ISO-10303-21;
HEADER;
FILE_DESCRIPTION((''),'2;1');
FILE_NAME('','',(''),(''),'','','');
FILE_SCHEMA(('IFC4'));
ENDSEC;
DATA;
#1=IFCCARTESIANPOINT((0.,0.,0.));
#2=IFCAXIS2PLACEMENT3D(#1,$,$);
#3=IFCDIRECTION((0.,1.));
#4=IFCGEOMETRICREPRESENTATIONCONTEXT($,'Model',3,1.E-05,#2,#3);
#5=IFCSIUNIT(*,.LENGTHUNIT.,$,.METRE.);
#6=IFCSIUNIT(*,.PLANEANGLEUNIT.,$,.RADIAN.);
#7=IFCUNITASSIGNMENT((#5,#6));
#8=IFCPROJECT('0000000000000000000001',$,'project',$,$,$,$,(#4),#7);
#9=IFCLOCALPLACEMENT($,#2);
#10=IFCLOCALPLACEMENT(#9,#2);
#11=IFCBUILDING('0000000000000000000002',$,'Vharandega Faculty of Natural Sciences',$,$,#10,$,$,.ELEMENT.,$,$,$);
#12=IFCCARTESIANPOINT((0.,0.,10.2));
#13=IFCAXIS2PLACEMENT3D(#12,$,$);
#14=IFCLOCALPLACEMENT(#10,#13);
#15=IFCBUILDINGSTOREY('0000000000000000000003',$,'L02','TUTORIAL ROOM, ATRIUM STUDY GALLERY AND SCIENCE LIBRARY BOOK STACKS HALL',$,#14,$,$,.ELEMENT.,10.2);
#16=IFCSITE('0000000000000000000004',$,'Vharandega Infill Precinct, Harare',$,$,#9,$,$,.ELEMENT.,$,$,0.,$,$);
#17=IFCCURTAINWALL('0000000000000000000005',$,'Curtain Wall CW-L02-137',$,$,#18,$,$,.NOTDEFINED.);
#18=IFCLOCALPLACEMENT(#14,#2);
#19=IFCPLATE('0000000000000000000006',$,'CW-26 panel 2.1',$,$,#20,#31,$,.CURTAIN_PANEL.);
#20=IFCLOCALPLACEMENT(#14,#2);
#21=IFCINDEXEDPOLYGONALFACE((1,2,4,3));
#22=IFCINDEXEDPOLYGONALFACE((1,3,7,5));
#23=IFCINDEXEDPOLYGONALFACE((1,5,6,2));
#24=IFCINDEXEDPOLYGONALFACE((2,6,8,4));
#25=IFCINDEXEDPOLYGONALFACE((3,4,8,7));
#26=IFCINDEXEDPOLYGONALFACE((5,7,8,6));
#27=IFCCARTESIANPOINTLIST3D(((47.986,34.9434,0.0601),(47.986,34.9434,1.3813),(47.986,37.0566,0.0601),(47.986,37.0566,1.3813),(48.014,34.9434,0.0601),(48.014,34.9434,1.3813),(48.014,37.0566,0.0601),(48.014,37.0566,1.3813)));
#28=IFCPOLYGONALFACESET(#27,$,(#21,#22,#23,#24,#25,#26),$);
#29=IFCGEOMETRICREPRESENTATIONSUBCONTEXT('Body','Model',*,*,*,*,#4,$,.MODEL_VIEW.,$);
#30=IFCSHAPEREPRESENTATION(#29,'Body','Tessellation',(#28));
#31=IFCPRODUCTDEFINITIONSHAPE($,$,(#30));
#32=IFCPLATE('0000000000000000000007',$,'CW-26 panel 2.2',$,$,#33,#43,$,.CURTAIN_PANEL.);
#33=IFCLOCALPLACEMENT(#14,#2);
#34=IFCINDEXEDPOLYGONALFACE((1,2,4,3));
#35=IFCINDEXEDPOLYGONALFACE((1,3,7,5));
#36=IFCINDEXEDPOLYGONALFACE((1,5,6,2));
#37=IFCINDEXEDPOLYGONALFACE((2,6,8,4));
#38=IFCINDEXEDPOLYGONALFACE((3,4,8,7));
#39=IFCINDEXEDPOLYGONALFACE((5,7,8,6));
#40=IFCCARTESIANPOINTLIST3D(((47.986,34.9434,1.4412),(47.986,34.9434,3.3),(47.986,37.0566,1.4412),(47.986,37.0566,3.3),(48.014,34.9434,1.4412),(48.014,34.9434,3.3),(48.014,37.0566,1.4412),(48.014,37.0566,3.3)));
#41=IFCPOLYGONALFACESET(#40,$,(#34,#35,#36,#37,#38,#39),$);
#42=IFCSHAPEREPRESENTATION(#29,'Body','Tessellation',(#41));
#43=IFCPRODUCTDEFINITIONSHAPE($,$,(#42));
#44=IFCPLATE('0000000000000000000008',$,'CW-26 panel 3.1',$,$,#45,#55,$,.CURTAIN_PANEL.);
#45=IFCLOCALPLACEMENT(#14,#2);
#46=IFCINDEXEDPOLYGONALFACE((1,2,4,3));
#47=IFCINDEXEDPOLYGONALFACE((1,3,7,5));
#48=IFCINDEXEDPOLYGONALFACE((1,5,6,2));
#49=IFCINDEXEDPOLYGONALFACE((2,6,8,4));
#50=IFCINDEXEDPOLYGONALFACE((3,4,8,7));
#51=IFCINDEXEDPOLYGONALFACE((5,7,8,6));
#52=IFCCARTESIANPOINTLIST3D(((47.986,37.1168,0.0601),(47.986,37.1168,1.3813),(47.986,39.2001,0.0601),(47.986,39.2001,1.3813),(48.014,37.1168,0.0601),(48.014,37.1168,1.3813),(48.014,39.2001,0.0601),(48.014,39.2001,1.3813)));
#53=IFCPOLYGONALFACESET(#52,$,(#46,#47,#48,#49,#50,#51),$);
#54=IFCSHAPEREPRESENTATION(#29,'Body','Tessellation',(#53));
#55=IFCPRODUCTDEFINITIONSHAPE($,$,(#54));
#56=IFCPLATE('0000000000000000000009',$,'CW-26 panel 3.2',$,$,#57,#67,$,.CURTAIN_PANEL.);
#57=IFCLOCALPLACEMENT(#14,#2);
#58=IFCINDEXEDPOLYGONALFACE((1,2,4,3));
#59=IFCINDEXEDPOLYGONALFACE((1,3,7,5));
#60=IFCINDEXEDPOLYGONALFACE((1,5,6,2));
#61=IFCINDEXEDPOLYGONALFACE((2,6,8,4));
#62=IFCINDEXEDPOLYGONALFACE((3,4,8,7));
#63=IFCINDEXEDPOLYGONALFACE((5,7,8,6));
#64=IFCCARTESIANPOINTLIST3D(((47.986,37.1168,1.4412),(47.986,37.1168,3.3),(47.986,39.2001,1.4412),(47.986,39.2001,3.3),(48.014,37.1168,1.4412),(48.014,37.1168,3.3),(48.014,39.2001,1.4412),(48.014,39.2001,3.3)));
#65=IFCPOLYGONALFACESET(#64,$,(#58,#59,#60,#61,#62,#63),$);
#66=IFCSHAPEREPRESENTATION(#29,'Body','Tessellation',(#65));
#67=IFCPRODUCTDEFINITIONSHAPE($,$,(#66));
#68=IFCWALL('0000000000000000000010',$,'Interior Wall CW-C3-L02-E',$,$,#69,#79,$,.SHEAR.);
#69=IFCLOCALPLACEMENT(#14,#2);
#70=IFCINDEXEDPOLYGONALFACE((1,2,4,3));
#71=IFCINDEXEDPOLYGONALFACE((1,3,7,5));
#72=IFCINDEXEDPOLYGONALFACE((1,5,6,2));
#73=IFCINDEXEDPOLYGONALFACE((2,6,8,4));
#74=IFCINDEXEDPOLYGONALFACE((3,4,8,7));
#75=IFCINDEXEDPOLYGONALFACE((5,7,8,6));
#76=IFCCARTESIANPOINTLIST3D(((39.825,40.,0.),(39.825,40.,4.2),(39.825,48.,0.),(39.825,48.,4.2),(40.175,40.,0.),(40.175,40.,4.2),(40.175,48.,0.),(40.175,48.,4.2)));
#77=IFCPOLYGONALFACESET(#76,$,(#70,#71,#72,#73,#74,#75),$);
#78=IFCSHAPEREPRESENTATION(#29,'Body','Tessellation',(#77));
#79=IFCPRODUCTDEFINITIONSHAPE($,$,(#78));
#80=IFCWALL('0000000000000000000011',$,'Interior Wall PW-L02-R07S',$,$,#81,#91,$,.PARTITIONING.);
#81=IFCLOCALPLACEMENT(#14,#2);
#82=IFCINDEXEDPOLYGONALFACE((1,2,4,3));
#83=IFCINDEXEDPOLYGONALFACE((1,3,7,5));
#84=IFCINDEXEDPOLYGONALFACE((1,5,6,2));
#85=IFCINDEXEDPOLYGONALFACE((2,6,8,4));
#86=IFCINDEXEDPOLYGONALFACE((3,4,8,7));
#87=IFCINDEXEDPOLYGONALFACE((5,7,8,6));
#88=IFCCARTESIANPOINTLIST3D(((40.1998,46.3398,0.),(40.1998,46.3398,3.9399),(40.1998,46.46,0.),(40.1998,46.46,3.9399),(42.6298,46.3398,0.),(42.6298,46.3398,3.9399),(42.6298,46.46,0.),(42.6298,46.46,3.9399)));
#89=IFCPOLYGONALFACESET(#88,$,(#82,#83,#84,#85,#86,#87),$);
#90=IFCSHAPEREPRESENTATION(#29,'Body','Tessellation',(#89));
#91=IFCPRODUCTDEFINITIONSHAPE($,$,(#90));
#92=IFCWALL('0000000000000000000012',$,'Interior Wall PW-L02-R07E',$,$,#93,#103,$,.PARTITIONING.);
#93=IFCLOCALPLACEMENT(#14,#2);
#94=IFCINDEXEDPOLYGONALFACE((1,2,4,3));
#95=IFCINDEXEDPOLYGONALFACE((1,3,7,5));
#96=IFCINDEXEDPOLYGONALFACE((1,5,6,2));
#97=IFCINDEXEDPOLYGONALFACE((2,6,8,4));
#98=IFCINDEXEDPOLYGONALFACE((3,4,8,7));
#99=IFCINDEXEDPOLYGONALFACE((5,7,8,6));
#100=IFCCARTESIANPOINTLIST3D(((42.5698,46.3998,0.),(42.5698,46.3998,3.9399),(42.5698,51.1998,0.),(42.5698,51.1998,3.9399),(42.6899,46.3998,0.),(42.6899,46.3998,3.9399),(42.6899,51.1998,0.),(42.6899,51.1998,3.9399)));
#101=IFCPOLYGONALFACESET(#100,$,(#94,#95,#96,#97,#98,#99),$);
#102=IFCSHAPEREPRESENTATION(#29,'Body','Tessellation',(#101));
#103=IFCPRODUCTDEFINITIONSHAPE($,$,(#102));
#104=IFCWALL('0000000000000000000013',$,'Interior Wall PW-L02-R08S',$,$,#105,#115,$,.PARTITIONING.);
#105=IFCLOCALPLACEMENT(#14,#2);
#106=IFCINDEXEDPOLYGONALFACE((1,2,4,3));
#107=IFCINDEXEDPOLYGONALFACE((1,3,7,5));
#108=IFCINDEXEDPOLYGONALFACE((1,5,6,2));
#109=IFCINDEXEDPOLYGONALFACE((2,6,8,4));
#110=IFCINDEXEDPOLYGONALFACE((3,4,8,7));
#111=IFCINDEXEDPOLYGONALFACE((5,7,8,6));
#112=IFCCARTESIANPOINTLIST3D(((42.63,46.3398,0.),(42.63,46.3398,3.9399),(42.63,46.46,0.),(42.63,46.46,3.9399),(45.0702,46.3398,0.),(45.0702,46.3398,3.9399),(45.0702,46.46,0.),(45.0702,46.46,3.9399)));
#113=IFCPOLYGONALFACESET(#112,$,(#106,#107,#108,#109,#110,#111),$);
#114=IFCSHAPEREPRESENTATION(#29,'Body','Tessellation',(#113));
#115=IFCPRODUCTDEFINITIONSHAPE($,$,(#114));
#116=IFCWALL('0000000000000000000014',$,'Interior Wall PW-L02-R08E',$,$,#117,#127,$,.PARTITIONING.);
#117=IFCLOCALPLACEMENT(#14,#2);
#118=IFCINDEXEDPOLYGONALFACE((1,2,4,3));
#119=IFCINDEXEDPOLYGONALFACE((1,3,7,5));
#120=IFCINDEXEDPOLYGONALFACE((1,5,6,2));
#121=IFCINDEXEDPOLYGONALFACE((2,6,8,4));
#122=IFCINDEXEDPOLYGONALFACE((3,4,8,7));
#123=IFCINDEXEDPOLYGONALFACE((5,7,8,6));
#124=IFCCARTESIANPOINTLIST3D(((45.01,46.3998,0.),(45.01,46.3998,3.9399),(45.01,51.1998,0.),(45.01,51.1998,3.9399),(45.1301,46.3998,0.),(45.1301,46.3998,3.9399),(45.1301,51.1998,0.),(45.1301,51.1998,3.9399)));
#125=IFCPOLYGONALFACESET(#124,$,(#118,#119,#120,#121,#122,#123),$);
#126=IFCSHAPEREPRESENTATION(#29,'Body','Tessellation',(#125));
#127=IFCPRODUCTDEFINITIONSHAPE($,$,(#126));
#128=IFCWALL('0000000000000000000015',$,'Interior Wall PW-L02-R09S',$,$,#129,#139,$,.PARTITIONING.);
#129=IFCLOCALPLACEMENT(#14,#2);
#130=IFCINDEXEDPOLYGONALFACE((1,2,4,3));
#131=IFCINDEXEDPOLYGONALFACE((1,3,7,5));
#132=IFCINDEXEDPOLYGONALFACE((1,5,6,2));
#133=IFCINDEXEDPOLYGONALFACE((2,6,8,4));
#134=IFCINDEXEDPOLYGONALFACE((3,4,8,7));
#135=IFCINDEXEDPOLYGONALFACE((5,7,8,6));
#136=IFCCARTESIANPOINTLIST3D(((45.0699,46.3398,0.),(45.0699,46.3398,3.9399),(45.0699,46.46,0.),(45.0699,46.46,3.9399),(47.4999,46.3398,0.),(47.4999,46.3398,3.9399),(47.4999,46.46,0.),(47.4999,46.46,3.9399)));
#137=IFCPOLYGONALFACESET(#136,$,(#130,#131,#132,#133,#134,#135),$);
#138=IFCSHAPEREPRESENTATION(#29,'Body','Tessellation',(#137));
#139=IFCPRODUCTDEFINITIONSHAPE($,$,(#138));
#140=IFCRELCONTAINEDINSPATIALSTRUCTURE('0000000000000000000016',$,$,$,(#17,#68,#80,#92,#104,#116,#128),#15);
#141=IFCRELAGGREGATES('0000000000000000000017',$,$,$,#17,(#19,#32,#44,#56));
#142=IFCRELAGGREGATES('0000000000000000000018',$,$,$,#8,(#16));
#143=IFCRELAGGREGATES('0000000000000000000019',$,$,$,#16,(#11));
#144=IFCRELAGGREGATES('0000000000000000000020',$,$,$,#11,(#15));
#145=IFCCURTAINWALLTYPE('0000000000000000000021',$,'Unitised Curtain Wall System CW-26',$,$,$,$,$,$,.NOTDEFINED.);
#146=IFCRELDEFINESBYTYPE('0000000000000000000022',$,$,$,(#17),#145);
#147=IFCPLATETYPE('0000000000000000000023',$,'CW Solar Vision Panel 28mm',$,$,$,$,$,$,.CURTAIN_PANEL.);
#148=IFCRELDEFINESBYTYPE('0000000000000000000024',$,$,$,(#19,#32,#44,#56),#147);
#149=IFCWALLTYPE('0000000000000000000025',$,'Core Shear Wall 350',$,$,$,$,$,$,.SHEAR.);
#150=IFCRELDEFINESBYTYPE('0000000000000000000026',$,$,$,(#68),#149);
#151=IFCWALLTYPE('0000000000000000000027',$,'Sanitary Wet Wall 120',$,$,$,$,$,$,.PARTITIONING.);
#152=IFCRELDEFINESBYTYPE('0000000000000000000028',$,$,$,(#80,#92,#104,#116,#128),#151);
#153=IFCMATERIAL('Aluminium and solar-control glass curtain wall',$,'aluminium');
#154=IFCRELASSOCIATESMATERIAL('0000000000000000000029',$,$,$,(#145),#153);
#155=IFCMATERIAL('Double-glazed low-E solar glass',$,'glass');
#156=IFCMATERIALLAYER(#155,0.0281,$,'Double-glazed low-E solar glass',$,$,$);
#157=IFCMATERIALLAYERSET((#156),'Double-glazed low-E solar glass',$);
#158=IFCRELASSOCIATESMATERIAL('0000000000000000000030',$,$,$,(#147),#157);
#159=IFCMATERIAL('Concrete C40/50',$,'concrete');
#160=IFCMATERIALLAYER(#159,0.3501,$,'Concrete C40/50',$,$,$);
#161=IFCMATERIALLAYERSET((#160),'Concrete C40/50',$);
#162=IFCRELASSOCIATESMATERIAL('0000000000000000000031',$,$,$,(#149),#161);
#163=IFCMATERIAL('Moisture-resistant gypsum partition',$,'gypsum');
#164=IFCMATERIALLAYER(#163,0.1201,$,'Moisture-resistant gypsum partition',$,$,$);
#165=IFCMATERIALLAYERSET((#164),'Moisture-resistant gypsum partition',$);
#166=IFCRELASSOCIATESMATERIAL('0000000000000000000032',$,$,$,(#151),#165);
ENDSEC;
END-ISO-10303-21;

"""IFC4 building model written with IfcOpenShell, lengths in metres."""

from ifc_helpers import new_model, si_unit, direction, frame, frame_2d, origin, origin_2d, place, context, subcontext, project, spatial, rectangle, extrude, material, layer, layer_set, type_object, element, aggregate, save


model = new_model("IFC4")

# Units and contexts
model_context = context("Model", 3, precision=1e-05, world=origin(), true_north=direction((0.0, 1.0)))
body_context = subcontext(model_context, "Body", "Model", "MODEL_VIEW")
ifc_project = project(units=[si_unit("LENGTHUNIT", "METRE"), si_unit("PLANEANGLEUNIT", "RADIAN")], contexts=[model_context])

# Site, building, storey
site_placement = place(None, origin())
site = spatial("IfcSite", under=ifc_project, at=site_placement, Name="Vharandega Infill Precinct, Harare", CompositionType="ELEMENT", RefElevation=0.0)
building_placement = place(site_placement, origin())
building = spatial("IfcBuilding", under=site, at=building_placement, Name="Vharandega Faculty of Natural Sciences", CompositionType="ELEMENT")
storey_placement = place(building_placement, frame((0.0, 0.0, 10.2)))
storey = spatial("IfcBuildingStorey", under=building, at=storey_placement, Name="L02", Description="TUTORIAL ROOM, ATRIUM STUDY GALLERY AND SCIENCE LIBRARY BOOK STACKS HALL", CompositionType="ELEMENT", Elevation=10.2)

# Curtain wall
ifc_material_1 = material(Name="Aluminium and solar-control glass curtain wall", Category="aluminium")
curtain_wall_type = type_object("IfcCurtainWallType", Name="Unitised Curtain Wall System CW-26", PredefinedType="NOTDEFINED", material=ifc_material_1)
curtain_wall_placement = place(storey_placement, origin())
curtain_wall = element("IfcCurtainWall", 1, at=curtain_wall_placement, inside=storey, type_object=curtain_wall_type, Name="Curtain Wall CW-L02-137", PredefinedType="NOTDEFINED")

# Plates
ifc_material_2 = material(Name="Double-glazed low-E solar glass", Category="glass")
ifc_layer_1 = layer(ifc_material_2, 0.0281, Name="Double-glazed low-E solar glass")
ifc_layer_set_1 = layer_set([ifc_layer_1], Name="Double-glazed low-E solar glass")
plate_type = type_object("IfcPlateType", Name="CW Solar Vision Panel 28mm", PredefinedType="CURTAIN_PANEL", material=ifc_layer_set_1)
plate_1_placement = place(storey_placement, frame((48.0, 36.0, 0.0601), z_axis=(0.0, 0.0, 1.0), x_axis=(0.0, 1.0, 0.0)))
plate_1 = element("IfcPlate", 2, at=plate_1_placement, type_object=plate_type, Name="CW-26 panel 2.1", PredefinedType="CURTAIN_PANEL", context=body_context, shape_type="SweptSolid", body=[
    extrude(rectangle(XDim=2.1133, YDim=0.0281, at=origin_2d()), origin(), (0.0, 0.0, 1.0), 1.3213),
])
plate_2_placement = place(storey_placement, frame((48.0, 36.0, 1.4412), z_axis=(0.0, 0.0, 1.0), x_axis=(0.0, 1.0, 0.0)))
plate_2 = element("IfcPlate", 3, at=plate_2_placement, type_object=plate_type, Name="CW-26 panel 2.2", PredefinedType="CURTAIN_PANEL", context=body_context, shape_type="SweptSolid", body=[
    extrude(rectangle(XDim=2.1133, YDim=0.0281, at=origin_2d()), origin(), (0.0, 0.0, 1.0), 1.8589),
])
plate_3_placement = place(storey_placement, frame((48.0, 38.1584, 0.0601), z_axis=(0.0, 0.0, 1.0), x_axis=(0.0, 1.0, 0.0)))
plate_3 = element("IfcPlate", 4, at=plate_3_placement, type_object=plate_type, Name="CW-26 panel 3.1", PredefinedType="CURTAIN_PANEL", context=body_context, shape_type="SweptSolid", body=[
    extrude(rectangle(XDim=2.0833, YDim=0.0281, at=origin_2d()), origin(), (0.0, 0.0, 1.0), 1.3213),
])
plate_4_placement = place(storey_placement, frame((48.0, 38.1584, 1.4412), z_axis=(0.0, 0.0, 1.0), x_axis=(0.0, 1.0, 0.0)))
plate_4 = element("IfcPlate", 5, at=plate_4_placement, type_object=plate_type, Name="CW-26 panel 3.2", PredefinedType="CURTAIN_PANEL", context=body_context, shape_type="SweptSolid", body=[
    extrude(rectangle(XDim=2.0833, YDim=0.0281, at=origin_2d()), origin(), (0.0, 0.0, 1.0), 1.8589),
])
aggregate(curtain_wall, [plate_1, plate_2, plate_3, plate_4])

# Walls
ifc_material_3 = material(Name="Concrete C40/50", Category="concrete")
ifc_layer_2 = layer(ifc_material_3, 0.3501, Name="Concrete C40/50")
ifc_layer_set_2 = layer_set([ifc_layer_2], Name="Concrete C40/50")
wall_type_1 = type_object("IfcWallType", Name="Core Shear Wall 350", PredefinedType="SHEAR", material=ifc_layer_set_2)
wall_1_placement = place(storey_placement, frame((40.0, 40.0, 0.0), z_axis=(0.0, 0.0, 1.0), x_axis=(0.0, 1.0, 0.0)))
element("IfcWall", 6, at=wall_1_placement, inside=storey, type_object=wall_type_1, Name="Interior Wall CW-C3-L02-E", PredefinedType="SHEAR", context=body_context, shape_type="SweptSolid", body=[
    extrude(rectangle(XDim=8.0, YDim=0.3501, at=frame_2d((4.0, 0.0))), origin(), (0.0, 0.0, 1.0), 4.2),
])
ifc_material_4 = material(Name="Moisture-resistant gypsum partition", Category="gypsum")
ifc_layer_3 = layer(ifc_material_4, 0.1201, Name="Moisture-resistant gypsum partition")
ifc_layer_set_3 = layer_set([ifc_layer_3], Name="Moisture-resistant gypsum partition")
wall_type_2 = type_object("IfcWallType", Name="Sanitary Wet Wall 120", PredefinedType="PARTITIONING", material=ifc_layer_set_3)
wall_2_placement = place(storey_placement, frame((40.2, 46.3999, 0.0), z_axis=(0.0, 0.0, 1.0), x_axis=(1.0, 0.0, 0.0)))
element("IfcWall", 7, at=wall_2_placement, inside=storey, type_object=wall_type_2, Name="Interior Wall PW-L02-R07S", PredefinedType="PARTITIONING", context=body_context, shape_type="SweptSolid", body=[
    extrude(rectangle(XDim=2.4299, YDim=0.1201, at=frame_2d((1.2148, 0.0))), origin(), (0.0, 0.0, 1.0), 3.9399),
])
wall_3_placement = place(storey_placement, frame((42.6299, 46.3999, 0.0), z_axis=(0.0, 0.0, 1.0), x_axis=(0.0, 1.0, 0.0)))
element("IfcWall", 8, at=wall_3_placement, inside=storey, type_object=wall_type_2, Name="Interior Wall PW-L02-R07E", PredefinedType="PARTITIONING", context=body_context, shape_type="SweptSolid", body=[
    extrude(rectangle(XDim=4.8, YDim=0.1201, at=frame_2d((2.3999, 0.0))), origin(), (0.0, 0.0, 1.0), 3.9399),
])
wall_4_placement = place(storey_placement, frame((42.6299, 46.3999, 0.0), z_axis=(0.0, 0.0, 1.0), x_axis=(1.0, 0.0, 0.0)))
element("IfcWall", 9, at=wall_4_placement, inside=storey, type_object=wall_type_2, Name="Interior Wall PW-L02-R08S", PredefinedType="PARTITIONING", context=body_context, shape_type="SweptSolid", body=[
    extrude(rectangle(XDim=2.4402, YDim=0.1201, at=frame_2d((1.2202, 0.0))), origin(), (0.0, 0.0, 1.0), 3.9399),
])
wall_5_placement = place(storey_placement, frame((45.0701, 46.3999, 0.0), z_axis=(0.0, 0.0, 1.0), x_axis=(0.0, 1.0, 0.0)))
element("IfcWall", 10, at=wall_5_placement, inside=storey, type_object=wall_type_2, Name="Interior Wall PW-L02-R08E", PredefinedType="PARTITIONING", context=body_context, shape_type="SweptSolid", body=[
    extrude(rectangle(XDim=4.8, YDim=0.1201, at=frame_2d((2.3999, 0.0))), origin(), (0.0, 0.0, 1.0), 3.9399),
])
wall_6_placement = place(storey_placement, frame((45.0701, 46.3999, 0.0), z_axis=(0.0, 0.0, 1.0), x_axis=(1.0, 0.0, 0.0)))
element("IfcWall", 11, at=wall_6_placement, inside=storey, type_object=wall_type_2, Name="Interior Wall PW-L02-R09S", PredefinedType="PARTITIONING", context=body_context, shape_type="SweptSolid", body=[
    extrude(rectangle(XDim=2.4299, YDim=0.1201, at=frame_2d((1.2148, 0.0))), origin(), (0.0, 0.0, 1.0), 3.9399),
])

save(model, "model.ifc")
